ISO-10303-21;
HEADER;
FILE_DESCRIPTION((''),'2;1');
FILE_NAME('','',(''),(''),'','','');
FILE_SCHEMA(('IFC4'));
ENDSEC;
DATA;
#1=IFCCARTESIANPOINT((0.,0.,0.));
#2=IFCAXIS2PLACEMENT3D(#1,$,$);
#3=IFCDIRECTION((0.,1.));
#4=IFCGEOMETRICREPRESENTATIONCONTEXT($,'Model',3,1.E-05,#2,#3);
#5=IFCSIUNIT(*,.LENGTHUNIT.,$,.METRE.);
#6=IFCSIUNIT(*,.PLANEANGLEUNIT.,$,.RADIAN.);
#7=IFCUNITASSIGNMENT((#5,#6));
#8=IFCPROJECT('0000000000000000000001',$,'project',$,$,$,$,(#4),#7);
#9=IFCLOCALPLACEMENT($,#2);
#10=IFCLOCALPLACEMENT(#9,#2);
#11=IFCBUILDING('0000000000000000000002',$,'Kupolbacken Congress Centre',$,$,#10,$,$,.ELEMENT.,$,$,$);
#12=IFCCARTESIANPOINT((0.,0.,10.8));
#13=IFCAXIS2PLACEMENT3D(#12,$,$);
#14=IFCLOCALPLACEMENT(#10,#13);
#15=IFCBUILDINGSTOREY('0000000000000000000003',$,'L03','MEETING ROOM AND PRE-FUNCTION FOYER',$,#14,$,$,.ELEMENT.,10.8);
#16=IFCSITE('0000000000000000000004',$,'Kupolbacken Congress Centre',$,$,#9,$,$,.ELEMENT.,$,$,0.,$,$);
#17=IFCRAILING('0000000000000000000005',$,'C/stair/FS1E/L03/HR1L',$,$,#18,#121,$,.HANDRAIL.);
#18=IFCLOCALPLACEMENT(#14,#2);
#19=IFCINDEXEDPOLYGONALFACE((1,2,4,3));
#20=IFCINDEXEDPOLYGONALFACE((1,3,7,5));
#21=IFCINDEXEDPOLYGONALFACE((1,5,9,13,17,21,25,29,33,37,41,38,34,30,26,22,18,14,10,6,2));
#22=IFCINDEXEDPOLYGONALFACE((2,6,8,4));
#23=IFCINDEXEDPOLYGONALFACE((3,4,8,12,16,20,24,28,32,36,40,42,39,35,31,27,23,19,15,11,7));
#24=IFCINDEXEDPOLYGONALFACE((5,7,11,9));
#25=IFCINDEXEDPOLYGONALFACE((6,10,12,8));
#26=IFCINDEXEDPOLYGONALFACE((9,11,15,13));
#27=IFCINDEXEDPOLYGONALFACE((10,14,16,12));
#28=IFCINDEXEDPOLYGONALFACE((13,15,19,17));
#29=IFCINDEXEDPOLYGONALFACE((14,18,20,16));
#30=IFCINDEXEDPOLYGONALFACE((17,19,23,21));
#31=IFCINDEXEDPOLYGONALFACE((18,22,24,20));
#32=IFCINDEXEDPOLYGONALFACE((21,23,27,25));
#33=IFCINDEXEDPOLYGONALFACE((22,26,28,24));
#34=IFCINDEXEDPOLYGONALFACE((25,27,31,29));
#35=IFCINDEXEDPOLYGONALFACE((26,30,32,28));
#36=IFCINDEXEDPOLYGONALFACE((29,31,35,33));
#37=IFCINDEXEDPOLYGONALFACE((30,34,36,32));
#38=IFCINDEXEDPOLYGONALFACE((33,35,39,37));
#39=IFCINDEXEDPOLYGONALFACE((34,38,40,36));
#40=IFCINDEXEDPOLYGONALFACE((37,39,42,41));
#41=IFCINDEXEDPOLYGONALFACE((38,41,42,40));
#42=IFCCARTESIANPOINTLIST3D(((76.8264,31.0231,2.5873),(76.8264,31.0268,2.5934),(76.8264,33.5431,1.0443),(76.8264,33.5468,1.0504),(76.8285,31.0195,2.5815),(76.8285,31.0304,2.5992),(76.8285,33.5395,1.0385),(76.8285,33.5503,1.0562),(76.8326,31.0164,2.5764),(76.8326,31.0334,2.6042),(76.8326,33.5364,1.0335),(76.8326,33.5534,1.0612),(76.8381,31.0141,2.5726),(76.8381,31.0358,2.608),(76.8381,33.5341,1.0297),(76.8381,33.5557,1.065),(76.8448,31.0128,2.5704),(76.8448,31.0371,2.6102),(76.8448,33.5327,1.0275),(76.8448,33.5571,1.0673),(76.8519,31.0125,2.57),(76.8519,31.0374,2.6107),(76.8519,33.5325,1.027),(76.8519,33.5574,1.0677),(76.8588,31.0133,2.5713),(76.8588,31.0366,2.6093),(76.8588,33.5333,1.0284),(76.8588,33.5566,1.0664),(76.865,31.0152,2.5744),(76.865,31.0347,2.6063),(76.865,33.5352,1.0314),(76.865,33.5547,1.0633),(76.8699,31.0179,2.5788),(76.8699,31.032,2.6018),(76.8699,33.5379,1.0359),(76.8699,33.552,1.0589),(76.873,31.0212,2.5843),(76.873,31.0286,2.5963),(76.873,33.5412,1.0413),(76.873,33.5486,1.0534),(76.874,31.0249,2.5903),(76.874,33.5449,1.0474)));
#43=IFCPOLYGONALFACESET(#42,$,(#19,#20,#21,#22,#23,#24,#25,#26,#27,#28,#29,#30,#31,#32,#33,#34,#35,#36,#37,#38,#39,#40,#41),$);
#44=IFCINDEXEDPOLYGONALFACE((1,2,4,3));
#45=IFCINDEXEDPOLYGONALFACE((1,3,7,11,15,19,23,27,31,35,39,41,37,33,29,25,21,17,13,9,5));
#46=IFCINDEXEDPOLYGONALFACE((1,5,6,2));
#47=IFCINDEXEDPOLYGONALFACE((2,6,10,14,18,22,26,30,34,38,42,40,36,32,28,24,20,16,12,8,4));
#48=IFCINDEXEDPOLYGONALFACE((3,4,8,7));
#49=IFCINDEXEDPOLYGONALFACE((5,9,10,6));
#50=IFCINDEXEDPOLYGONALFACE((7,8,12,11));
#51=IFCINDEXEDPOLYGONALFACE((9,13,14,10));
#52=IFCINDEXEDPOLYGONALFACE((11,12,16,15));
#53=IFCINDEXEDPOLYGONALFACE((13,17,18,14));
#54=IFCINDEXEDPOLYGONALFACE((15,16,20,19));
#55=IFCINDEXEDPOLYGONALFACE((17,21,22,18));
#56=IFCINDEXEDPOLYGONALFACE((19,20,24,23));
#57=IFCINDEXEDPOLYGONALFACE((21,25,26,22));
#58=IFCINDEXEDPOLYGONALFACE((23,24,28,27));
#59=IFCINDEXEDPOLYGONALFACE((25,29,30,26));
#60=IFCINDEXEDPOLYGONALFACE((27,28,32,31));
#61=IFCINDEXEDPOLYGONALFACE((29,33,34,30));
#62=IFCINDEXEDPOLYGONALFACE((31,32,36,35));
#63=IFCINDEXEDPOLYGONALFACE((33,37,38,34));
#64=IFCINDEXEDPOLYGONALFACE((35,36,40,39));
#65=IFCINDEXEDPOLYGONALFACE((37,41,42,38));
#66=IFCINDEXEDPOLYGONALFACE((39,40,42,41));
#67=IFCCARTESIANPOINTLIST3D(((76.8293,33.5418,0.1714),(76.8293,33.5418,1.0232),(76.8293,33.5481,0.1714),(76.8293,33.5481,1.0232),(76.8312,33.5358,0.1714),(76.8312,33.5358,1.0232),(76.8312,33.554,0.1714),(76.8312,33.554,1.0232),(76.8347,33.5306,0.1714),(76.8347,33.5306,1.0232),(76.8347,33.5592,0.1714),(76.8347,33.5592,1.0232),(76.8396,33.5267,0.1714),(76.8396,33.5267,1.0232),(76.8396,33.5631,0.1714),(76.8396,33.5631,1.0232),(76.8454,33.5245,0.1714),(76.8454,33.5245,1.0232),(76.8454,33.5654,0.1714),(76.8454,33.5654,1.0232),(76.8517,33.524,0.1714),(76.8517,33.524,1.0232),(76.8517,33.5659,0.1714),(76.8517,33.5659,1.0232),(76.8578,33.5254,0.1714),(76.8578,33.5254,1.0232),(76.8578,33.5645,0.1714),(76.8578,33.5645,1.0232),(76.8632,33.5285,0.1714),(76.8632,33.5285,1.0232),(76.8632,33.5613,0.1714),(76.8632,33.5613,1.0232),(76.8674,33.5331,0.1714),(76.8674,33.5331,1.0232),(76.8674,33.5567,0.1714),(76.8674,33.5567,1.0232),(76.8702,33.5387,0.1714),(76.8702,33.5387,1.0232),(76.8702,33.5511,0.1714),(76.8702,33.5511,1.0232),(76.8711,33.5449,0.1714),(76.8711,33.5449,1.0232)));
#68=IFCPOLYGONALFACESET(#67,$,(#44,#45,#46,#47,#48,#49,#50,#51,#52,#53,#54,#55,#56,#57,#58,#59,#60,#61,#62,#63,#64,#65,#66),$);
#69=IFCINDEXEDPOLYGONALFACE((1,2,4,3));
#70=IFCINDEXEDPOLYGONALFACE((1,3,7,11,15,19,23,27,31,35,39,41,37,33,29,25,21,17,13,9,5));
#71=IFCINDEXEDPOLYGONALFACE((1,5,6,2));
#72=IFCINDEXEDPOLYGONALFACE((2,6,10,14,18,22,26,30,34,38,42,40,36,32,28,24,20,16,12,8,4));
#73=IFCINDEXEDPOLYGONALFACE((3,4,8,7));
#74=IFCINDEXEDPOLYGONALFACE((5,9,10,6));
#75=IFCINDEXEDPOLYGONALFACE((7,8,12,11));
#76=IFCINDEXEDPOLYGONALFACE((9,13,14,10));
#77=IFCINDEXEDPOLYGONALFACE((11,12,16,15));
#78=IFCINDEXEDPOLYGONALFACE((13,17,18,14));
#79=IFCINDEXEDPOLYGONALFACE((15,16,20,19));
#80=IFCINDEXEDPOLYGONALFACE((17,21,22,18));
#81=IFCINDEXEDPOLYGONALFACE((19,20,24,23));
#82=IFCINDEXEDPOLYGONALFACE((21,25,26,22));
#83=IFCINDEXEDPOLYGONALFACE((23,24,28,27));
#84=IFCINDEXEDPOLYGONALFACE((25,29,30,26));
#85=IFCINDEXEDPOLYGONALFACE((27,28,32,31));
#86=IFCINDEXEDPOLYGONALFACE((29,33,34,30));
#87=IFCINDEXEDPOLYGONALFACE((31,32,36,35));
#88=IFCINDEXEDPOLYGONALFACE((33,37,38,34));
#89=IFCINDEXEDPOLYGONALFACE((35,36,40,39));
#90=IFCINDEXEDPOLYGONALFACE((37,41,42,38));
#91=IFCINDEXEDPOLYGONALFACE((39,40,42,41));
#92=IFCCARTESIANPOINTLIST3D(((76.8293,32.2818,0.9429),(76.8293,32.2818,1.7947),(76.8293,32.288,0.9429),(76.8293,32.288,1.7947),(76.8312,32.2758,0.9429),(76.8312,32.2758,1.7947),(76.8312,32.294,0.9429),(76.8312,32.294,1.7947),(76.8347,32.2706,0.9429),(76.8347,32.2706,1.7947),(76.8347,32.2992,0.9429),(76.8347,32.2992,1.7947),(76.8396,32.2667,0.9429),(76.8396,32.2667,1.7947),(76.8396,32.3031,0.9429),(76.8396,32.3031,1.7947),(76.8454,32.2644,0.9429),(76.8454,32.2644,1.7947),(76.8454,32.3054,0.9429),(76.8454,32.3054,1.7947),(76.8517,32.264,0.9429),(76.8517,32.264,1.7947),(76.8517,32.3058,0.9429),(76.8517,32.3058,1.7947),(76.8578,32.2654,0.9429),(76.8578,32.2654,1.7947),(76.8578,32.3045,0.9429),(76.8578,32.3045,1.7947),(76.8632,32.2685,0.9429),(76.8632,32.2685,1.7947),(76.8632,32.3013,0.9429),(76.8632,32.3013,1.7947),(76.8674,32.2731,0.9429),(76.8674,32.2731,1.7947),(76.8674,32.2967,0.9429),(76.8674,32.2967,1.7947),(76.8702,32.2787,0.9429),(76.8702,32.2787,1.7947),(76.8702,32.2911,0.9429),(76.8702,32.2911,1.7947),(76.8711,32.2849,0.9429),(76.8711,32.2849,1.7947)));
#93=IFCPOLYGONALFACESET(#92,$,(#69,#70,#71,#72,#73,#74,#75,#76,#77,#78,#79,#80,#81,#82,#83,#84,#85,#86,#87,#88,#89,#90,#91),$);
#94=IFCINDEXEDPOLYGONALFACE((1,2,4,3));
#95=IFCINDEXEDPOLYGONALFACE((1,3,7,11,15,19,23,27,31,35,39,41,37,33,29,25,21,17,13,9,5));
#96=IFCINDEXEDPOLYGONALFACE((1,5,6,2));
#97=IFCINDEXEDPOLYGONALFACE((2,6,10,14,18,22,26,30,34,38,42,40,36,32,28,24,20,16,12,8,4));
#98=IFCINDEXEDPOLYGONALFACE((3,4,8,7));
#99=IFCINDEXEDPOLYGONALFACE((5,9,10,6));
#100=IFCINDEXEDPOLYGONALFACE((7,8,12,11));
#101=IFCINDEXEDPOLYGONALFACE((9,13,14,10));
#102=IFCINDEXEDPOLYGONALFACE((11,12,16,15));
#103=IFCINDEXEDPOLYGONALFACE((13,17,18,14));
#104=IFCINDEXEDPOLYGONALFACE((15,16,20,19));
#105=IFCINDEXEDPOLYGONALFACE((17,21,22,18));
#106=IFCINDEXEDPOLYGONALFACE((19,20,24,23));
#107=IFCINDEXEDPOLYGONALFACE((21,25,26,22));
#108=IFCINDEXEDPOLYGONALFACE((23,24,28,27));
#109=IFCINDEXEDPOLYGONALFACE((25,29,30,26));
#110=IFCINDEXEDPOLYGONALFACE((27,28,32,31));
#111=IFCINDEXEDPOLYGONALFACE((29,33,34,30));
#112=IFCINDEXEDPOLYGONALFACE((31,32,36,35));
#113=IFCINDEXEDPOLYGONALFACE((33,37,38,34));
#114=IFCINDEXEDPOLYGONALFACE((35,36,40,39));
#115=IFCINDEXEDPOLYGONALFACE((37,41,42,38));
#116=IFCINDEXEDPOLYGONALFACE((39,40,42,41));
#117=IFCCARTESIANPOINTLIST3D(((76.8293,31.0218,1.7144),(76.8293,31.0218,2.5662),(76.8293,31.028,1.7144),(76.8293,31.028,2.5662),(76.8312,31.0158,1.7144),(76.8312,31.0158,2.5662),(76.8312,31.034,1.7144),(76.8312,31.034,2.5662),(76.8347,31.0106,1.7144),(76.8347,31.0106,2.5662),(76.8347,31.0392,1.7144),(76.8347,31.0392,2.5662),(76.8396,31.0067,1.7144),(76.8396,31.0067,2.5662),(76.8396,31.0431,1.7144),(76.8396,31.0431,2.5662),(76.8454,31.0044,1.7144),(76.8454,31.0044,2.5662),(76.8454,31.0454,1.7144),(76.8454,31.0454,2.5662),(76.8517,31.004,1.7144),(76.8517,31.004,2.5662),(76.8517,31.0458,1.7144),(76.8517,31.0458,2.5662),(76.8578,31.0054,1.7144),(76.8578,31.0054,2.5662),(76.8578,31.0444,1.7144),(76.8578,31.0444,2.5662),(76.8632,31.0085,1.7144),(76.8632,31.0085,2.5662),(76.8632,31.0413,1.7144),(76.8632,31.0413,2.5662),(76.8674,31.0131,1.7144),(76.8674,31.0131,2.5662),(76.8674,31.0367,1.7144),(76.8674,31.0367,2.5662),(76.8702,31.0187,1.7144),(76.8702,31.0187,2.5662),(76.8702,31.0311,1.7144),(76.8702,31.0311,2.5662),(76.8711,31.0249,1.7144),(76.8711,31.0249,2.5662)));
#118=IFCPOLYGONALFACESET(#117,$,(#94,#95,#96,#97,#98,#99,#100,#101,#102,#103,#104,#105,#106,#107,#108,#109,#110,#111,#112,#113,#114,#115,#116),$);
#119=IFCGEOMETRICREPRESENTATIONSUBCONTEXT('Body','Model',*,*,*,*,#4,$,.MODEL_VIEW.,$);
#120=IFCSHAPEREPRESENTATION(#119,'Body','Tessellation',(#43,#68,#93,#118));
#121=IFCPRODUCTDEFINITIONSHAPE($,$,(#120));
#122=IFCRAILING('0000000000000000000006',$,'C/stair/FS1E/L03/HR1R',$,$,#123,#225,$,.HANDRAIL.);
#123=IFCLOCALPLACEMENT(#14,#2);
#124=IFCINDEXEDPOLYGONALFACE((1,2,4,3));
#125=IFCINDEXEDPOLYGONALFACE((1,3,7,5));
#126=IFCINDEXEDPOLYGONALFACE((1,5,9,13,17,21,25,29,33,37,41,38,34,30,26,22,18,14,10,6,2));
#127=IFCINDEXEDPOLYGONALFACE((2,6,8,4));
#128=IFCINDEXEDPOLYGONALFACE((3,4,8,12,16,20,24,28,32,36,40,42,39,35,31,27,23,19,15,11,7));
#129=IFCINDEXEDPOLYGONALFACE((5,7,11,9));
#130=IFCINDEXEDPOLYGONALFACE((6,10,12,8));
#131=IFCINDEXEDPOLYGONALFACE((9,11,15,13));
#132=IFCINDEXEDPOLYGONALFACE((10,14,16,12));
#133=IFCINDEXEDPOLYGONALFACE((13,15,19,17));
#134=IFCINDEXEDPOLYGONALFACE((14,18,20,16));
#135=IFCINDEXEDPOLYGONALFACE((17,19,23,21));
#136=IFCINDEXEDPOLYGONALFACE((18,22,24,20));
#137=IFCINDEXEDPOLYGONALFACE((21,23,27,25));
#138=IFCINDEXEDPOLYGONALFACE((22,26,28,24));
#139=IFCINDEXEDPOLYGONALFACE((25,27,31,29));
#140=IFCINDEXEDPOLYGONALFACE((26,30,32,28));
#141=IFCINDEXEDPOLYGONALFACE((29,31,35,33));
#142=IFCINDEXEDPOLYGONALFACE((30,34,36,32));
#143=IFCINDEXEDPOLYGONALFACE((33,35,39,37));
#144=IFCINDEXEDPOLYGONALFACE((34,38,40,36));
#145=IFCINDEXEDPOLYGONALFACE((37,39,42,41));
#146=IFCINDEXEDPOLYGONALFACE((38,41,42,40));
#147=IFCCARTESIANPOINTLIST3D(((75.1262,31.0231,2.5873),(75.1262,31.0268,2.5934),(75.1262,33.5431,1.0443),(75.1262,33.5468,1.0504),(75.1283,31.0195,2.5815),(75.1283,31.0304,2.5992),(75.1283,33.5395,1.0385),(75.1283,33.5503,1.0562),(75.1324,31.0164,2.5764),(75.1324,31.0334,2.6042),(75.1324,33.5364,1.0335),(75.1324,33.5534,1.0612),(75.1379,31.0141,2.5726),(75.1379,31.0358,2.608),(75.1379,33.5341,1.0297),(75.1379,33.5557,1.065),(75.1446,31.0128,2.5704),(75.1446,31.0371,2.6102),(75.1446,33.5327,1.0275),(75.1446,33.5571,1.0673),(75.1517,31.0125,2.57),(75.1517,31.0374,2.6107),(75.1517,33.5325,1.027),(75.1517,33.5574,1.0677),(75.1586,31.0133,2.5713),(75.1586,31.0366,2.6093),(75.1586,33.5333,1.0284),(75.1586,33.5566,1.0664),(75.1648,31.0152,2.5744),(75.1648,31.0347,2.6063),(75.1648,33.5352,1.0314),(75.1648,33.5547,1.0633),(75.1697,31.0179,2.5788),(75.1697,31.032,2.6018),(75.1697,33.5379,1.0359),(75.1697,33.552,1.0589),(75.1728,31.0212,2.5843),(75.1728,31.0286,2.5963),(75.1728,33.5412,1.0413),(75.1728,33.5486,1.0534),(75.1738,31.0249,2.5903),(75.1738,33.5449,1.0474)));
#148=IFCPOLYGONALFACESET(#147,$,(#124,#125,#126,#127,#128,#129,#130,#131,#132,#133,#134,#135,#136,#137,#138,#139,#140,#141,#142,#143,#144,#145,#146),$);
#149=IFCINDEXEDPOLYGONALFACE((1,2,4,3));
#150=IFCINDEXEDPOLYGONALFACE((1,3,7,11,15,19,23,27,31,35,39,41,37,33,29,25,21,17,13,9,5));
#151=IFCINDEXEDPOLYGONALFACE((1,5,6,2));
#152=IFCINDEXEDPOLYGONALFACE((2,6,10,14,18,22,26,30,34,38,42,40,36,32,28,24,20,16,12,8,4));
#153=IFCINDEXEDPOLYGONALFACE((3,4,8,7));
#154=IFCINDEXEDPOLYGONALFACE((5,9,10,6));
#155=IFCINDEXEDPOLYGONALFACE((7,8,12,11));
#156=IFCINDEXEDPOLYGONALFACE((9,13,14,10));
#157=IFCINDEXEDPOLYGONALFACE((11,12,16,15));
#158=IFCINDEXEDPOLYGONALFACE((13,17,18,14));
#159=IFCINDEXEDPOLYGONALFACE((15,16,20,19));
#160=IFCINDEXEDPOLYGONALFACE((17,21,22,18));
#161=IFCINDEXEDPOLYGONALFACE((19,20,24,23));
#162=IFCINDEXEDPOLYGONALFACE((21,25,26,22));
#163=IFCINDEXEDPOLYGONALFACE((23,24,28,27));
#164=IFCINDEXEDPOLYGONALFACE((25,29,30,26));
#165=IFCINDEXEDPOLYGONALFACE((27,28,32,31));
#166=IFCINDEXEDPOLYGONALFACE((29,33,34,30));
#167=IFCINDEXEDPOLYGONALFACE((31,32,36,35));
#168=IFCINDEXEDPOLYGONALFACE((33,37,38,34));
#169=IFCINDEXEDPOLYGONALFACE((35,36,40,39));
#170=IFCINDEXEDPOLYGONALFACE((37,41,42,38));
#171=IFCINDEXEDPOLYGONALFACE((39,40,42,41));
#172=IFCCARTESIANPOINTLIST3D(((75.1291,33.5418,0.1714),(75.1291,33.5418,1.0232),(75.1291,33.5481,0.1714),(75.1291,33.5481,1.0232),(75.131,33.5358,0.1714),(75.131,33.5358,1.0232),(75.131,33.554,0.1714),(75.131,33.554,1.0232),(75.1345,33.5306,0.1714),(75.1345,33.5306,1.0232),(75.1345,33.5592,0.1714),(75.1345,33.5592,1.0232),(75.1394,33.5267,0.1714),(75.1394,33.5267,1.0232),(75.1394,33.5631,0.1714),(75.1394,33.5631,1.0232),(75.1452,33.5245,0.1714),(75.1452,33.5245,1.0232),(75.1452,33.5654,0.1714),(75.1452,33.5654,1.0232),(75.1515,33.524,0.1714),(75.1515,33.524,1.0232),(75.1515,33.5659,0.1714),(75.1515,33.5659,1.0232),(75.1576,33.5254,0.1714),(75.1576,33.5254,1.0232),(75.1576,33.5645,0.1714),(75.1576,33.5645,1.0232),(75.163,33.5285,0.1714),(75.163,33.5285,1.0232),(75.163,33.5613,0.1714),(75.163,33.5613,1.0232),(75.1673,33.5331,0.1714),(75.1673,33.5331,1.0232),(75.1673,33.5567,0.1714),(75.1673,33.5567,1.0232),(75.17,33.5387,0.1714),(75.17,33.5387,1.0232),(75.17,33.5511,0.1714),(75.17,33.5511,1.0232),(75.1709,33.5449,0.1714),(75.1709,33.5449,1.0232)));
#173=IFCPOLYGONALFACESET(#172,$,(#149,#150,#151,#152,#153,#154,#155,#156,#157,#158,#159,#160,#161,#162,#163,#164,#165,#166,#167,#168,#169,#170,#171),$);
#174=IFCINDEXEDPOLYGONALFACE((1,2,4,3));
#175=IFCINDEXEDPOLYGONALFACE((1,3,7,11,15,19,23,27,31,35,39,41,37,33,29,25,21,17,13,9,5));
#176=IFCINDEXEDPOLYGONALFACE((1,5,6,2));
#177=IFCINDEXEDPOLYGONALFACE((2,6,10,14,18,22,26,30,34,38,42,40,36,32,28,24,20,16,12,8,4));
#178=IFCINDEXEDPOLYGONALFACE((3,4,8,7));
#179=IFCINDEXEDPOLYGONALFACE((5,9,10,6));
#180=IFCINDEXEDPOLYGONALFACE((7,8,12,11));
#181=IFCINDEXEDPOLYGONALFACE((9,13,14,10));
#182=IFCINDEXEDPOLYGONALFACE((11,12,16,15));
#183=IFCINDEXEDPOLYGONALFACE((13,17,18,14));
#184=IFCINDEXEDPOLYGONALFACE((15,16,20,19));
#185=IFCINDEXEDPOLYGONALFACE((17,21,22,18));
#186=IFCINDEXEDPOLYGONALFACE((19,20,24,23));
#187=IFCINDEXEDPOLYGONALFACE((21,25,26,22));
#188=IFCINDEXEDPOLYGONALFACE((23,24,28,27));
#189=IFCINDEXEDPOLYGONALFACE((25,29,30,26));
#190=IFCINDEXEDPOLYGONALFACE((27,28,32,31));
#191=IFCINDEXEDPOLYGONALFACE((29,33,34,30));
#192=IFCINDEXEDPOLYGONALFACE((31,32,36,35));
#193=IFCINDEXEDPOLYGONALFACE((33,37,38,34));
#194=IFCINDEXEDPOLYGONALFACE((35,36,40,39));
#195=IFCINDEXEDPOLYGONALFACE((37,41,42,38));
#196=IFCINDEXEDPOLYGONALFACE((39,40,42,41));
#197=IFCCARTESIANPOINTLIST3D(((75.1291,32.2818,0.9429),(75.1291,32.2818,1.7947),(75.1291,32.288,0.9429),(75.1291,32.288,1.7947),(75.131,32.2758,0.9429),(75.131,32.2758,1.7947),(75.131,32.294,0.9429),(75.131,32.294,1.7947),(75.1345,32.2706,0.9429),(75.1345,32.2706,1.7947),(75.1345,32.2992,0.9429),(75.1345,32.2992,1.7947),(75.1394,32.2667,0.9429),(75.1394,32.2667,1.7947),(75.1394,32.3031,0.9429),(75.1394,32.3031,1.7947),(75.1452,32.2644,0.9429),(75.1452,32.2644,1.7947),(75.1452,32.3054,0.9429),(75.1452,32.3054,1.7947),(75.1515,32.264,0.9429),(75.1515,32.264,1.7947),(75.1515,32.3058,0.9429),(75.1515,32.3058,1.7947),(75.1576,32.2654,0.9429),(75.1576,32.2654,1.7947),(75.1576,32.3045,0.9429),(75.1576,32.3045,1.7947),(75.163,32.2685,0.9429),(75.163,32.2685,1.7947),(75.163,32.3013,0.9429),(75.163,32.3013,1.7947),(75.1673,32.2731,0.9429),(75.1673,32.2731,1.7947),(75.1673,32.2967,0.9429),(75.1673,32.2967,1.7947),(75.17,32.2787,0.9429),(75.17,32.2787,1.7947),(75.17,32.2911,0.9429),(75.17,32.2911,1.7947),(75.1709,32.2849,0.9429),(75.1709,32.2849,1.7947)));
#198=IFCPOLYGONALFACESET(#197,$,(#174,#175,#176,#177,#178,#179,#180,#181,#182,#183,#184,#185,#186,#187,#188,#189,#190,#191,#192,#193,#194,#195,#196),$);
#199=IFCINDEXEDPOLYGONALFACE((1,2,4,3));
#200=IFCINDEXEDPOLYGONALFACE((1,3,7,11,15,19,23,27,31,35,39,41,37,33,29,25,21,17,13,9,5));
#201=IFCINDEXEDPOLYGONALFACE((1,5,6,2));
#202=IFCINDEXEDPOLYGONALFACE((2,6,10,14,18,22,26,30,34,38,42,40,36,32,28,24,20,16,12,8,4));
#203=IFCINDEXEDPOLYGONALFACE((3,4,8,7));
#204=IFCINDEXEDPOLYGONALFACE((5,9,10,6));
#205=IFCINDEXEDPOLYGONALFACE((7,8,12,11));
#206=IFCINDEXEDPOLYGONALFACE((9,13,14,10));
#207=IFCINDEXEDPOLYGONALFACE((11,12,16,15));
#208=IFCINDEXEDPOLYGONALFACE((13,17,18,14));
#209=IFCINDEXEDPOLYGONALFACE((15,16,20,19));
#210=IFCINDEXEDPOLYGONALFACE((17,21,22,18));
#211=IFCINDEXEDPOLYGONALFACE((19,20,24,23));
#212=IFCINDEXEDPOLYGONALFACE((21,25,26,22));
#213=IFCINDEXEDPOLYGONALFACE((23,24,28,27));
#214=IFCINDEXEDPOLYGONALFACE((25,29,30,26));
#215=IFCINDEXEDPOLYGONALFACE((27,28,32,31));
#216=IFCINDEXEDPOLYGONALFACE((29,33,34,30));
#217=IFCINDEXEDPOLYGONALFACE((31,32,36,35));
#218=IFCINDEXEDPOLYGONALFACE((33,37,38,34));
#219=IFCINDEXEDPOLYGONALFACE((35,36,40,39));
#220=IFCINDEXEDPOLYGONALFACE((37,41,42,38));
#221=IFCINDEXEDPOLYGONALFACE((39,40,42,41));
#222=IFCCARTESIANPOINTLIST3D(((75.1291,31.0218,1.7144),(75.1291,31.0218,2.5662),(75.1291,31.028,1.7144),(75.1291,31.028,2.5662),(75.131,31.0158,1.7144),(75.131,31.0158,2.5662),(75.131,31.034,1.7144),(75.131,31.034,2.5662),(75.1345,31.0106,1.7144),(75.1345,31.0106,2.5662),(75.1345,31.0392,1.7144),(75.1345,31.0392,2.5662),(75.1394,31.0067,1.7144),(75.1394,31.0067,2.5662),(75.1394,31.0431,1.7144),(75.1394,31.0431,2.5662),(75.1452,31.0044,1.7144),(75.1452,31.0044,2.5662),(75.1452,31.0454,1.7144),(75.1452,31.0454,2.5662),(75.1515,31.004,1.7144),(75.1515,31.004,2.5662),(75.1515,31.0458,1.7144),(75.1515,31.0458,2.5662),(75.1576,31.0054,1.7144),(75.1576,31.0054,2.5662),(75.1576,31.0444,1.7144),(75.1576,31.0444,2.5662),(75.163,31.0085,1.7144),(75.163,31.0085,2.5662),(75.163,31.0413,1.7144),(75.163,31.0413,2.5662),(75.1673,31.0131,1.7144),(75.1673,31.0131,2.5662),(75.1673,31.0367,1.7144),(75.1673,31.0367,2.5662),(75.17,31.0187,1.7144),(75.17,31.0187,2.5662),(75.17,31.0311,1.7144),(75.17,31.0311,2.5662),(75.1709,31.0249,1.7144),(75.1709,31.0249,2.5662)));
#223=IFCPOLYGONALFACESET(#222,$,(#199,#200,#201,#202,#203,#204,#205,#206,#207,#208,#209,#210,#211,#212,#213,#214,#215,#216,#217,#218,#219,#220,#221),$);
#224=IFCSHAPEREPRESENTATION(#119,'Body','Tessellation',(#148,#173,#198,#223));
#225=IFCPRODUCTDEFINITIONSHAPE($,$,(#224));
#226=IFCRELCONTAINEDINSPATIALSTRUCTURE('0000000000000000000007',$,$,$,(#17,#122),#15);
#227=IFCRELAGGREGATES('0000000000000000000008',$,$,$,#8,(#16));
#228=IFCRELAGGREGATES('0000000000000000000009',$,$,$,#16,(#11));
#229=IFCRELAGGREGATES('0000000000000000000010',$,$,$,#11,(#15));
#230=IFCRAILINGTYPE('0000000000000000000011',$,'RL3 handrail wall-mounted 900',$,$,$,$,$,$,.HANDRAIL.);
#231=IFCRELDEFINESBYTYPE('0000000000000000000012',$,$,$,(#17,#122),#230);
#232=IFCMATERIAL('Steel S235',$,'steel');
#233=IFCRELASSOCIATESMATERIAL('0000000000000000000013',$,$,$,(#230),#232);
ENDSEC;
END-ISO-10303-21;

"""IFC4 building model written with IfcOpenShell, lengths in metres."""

from ifc_helpers import new_model, si_unit, direction, frame, origin, origin_2d, place, context, subcontext, project, spatial, circle, extrude, material, type_object, element, save


model = new_model("IFC4")

# Units and contexts
model_context = context("Model", 3, precision=1e-05, world=origin(), true_north=direction((0.0, 1.0)))
body_context = subcontext(model_context, "Body", "Model", "MODEL_VIEW")
ifc_project = project(units=[si_unit("LENGTHUNIT", "METRE"), si_unit("PLANEANGLEUNIT", "RADIAN")], contexts=[model_context])

# Site, building, storey
site_placement = place(None, origin())
site = spatial("IfcSite", under=ifc_project, at=site_placement, Name="Kupolbacken Congress Centre", CompositionType="ELEMENT", RefElevation=0.0)
building_placement = place(site_placement, origin())
building = spatial("IfcBuilding", under=site, at=building_placement, Name="Kupolbacken Congress Centre", CompositionType="ELEMENT")
storey_placement = place(building_placement, frame((0.0, 0.0, 10.8)))
storey = spatial("IfcBuildingStorey", under=building, at=storey_placement, Name="L03", Description="MEETING ROOM AND PRE-FUNCTION FOYER", CompositionType="ELEMENT", Elevation=10.8)

# Railings
ifc_material_1 = material(Name="Steel S235", Category="steel")
railing_type = type_object("IfcRailingType", Name="RL3 handrail wall-mounted 900", PredefinedType="HANDRAIL", material=ifc_material_1)
for number, where, name in (
    (1, (76.8501, 33.5449, 0.1714), "C/stair/FS1E/L03/HR1L"),
    (2, (75.1499, 33.5449, 0.1714), "C/stair/FS1E/L03/HR1R"),
):
    element("IfcRailing", number, at=place(storey_placement, frame(where)), inside=storey, type_object=railing_type, Name=name, PredefinedType="HANDRAIL", context=body_context, shape_type="SweptSolid", body=[
        extrude(circle(Radius=0.0239, at=origin_2d()), frame((0.0, 0.0, 0.876), z_axis=(0.0, -0.852836, 0.522178), x_axis=(1.0, 0.0, 0.0)), (0.0, 0.0, 1.0), 2.9548),
        extrude(circle(Radius=0.021, at=origin_2d()), origin(), (0.0, 0.0, 1.0), 0.8518),
        extrude(circle(Radius=0.021, at=origin_2d()), frame((0.0, -1.26, 0.7715)), (0.0, 0.0, 1.0), 0.8518),
        extrude(circle(Radius=0.021, at=origin_2d()), frame((0.0, -2.52, 1.543)), (0.0, 0.0, 1.0), 0.8518),
    ])

save(model, "model.ifc")
